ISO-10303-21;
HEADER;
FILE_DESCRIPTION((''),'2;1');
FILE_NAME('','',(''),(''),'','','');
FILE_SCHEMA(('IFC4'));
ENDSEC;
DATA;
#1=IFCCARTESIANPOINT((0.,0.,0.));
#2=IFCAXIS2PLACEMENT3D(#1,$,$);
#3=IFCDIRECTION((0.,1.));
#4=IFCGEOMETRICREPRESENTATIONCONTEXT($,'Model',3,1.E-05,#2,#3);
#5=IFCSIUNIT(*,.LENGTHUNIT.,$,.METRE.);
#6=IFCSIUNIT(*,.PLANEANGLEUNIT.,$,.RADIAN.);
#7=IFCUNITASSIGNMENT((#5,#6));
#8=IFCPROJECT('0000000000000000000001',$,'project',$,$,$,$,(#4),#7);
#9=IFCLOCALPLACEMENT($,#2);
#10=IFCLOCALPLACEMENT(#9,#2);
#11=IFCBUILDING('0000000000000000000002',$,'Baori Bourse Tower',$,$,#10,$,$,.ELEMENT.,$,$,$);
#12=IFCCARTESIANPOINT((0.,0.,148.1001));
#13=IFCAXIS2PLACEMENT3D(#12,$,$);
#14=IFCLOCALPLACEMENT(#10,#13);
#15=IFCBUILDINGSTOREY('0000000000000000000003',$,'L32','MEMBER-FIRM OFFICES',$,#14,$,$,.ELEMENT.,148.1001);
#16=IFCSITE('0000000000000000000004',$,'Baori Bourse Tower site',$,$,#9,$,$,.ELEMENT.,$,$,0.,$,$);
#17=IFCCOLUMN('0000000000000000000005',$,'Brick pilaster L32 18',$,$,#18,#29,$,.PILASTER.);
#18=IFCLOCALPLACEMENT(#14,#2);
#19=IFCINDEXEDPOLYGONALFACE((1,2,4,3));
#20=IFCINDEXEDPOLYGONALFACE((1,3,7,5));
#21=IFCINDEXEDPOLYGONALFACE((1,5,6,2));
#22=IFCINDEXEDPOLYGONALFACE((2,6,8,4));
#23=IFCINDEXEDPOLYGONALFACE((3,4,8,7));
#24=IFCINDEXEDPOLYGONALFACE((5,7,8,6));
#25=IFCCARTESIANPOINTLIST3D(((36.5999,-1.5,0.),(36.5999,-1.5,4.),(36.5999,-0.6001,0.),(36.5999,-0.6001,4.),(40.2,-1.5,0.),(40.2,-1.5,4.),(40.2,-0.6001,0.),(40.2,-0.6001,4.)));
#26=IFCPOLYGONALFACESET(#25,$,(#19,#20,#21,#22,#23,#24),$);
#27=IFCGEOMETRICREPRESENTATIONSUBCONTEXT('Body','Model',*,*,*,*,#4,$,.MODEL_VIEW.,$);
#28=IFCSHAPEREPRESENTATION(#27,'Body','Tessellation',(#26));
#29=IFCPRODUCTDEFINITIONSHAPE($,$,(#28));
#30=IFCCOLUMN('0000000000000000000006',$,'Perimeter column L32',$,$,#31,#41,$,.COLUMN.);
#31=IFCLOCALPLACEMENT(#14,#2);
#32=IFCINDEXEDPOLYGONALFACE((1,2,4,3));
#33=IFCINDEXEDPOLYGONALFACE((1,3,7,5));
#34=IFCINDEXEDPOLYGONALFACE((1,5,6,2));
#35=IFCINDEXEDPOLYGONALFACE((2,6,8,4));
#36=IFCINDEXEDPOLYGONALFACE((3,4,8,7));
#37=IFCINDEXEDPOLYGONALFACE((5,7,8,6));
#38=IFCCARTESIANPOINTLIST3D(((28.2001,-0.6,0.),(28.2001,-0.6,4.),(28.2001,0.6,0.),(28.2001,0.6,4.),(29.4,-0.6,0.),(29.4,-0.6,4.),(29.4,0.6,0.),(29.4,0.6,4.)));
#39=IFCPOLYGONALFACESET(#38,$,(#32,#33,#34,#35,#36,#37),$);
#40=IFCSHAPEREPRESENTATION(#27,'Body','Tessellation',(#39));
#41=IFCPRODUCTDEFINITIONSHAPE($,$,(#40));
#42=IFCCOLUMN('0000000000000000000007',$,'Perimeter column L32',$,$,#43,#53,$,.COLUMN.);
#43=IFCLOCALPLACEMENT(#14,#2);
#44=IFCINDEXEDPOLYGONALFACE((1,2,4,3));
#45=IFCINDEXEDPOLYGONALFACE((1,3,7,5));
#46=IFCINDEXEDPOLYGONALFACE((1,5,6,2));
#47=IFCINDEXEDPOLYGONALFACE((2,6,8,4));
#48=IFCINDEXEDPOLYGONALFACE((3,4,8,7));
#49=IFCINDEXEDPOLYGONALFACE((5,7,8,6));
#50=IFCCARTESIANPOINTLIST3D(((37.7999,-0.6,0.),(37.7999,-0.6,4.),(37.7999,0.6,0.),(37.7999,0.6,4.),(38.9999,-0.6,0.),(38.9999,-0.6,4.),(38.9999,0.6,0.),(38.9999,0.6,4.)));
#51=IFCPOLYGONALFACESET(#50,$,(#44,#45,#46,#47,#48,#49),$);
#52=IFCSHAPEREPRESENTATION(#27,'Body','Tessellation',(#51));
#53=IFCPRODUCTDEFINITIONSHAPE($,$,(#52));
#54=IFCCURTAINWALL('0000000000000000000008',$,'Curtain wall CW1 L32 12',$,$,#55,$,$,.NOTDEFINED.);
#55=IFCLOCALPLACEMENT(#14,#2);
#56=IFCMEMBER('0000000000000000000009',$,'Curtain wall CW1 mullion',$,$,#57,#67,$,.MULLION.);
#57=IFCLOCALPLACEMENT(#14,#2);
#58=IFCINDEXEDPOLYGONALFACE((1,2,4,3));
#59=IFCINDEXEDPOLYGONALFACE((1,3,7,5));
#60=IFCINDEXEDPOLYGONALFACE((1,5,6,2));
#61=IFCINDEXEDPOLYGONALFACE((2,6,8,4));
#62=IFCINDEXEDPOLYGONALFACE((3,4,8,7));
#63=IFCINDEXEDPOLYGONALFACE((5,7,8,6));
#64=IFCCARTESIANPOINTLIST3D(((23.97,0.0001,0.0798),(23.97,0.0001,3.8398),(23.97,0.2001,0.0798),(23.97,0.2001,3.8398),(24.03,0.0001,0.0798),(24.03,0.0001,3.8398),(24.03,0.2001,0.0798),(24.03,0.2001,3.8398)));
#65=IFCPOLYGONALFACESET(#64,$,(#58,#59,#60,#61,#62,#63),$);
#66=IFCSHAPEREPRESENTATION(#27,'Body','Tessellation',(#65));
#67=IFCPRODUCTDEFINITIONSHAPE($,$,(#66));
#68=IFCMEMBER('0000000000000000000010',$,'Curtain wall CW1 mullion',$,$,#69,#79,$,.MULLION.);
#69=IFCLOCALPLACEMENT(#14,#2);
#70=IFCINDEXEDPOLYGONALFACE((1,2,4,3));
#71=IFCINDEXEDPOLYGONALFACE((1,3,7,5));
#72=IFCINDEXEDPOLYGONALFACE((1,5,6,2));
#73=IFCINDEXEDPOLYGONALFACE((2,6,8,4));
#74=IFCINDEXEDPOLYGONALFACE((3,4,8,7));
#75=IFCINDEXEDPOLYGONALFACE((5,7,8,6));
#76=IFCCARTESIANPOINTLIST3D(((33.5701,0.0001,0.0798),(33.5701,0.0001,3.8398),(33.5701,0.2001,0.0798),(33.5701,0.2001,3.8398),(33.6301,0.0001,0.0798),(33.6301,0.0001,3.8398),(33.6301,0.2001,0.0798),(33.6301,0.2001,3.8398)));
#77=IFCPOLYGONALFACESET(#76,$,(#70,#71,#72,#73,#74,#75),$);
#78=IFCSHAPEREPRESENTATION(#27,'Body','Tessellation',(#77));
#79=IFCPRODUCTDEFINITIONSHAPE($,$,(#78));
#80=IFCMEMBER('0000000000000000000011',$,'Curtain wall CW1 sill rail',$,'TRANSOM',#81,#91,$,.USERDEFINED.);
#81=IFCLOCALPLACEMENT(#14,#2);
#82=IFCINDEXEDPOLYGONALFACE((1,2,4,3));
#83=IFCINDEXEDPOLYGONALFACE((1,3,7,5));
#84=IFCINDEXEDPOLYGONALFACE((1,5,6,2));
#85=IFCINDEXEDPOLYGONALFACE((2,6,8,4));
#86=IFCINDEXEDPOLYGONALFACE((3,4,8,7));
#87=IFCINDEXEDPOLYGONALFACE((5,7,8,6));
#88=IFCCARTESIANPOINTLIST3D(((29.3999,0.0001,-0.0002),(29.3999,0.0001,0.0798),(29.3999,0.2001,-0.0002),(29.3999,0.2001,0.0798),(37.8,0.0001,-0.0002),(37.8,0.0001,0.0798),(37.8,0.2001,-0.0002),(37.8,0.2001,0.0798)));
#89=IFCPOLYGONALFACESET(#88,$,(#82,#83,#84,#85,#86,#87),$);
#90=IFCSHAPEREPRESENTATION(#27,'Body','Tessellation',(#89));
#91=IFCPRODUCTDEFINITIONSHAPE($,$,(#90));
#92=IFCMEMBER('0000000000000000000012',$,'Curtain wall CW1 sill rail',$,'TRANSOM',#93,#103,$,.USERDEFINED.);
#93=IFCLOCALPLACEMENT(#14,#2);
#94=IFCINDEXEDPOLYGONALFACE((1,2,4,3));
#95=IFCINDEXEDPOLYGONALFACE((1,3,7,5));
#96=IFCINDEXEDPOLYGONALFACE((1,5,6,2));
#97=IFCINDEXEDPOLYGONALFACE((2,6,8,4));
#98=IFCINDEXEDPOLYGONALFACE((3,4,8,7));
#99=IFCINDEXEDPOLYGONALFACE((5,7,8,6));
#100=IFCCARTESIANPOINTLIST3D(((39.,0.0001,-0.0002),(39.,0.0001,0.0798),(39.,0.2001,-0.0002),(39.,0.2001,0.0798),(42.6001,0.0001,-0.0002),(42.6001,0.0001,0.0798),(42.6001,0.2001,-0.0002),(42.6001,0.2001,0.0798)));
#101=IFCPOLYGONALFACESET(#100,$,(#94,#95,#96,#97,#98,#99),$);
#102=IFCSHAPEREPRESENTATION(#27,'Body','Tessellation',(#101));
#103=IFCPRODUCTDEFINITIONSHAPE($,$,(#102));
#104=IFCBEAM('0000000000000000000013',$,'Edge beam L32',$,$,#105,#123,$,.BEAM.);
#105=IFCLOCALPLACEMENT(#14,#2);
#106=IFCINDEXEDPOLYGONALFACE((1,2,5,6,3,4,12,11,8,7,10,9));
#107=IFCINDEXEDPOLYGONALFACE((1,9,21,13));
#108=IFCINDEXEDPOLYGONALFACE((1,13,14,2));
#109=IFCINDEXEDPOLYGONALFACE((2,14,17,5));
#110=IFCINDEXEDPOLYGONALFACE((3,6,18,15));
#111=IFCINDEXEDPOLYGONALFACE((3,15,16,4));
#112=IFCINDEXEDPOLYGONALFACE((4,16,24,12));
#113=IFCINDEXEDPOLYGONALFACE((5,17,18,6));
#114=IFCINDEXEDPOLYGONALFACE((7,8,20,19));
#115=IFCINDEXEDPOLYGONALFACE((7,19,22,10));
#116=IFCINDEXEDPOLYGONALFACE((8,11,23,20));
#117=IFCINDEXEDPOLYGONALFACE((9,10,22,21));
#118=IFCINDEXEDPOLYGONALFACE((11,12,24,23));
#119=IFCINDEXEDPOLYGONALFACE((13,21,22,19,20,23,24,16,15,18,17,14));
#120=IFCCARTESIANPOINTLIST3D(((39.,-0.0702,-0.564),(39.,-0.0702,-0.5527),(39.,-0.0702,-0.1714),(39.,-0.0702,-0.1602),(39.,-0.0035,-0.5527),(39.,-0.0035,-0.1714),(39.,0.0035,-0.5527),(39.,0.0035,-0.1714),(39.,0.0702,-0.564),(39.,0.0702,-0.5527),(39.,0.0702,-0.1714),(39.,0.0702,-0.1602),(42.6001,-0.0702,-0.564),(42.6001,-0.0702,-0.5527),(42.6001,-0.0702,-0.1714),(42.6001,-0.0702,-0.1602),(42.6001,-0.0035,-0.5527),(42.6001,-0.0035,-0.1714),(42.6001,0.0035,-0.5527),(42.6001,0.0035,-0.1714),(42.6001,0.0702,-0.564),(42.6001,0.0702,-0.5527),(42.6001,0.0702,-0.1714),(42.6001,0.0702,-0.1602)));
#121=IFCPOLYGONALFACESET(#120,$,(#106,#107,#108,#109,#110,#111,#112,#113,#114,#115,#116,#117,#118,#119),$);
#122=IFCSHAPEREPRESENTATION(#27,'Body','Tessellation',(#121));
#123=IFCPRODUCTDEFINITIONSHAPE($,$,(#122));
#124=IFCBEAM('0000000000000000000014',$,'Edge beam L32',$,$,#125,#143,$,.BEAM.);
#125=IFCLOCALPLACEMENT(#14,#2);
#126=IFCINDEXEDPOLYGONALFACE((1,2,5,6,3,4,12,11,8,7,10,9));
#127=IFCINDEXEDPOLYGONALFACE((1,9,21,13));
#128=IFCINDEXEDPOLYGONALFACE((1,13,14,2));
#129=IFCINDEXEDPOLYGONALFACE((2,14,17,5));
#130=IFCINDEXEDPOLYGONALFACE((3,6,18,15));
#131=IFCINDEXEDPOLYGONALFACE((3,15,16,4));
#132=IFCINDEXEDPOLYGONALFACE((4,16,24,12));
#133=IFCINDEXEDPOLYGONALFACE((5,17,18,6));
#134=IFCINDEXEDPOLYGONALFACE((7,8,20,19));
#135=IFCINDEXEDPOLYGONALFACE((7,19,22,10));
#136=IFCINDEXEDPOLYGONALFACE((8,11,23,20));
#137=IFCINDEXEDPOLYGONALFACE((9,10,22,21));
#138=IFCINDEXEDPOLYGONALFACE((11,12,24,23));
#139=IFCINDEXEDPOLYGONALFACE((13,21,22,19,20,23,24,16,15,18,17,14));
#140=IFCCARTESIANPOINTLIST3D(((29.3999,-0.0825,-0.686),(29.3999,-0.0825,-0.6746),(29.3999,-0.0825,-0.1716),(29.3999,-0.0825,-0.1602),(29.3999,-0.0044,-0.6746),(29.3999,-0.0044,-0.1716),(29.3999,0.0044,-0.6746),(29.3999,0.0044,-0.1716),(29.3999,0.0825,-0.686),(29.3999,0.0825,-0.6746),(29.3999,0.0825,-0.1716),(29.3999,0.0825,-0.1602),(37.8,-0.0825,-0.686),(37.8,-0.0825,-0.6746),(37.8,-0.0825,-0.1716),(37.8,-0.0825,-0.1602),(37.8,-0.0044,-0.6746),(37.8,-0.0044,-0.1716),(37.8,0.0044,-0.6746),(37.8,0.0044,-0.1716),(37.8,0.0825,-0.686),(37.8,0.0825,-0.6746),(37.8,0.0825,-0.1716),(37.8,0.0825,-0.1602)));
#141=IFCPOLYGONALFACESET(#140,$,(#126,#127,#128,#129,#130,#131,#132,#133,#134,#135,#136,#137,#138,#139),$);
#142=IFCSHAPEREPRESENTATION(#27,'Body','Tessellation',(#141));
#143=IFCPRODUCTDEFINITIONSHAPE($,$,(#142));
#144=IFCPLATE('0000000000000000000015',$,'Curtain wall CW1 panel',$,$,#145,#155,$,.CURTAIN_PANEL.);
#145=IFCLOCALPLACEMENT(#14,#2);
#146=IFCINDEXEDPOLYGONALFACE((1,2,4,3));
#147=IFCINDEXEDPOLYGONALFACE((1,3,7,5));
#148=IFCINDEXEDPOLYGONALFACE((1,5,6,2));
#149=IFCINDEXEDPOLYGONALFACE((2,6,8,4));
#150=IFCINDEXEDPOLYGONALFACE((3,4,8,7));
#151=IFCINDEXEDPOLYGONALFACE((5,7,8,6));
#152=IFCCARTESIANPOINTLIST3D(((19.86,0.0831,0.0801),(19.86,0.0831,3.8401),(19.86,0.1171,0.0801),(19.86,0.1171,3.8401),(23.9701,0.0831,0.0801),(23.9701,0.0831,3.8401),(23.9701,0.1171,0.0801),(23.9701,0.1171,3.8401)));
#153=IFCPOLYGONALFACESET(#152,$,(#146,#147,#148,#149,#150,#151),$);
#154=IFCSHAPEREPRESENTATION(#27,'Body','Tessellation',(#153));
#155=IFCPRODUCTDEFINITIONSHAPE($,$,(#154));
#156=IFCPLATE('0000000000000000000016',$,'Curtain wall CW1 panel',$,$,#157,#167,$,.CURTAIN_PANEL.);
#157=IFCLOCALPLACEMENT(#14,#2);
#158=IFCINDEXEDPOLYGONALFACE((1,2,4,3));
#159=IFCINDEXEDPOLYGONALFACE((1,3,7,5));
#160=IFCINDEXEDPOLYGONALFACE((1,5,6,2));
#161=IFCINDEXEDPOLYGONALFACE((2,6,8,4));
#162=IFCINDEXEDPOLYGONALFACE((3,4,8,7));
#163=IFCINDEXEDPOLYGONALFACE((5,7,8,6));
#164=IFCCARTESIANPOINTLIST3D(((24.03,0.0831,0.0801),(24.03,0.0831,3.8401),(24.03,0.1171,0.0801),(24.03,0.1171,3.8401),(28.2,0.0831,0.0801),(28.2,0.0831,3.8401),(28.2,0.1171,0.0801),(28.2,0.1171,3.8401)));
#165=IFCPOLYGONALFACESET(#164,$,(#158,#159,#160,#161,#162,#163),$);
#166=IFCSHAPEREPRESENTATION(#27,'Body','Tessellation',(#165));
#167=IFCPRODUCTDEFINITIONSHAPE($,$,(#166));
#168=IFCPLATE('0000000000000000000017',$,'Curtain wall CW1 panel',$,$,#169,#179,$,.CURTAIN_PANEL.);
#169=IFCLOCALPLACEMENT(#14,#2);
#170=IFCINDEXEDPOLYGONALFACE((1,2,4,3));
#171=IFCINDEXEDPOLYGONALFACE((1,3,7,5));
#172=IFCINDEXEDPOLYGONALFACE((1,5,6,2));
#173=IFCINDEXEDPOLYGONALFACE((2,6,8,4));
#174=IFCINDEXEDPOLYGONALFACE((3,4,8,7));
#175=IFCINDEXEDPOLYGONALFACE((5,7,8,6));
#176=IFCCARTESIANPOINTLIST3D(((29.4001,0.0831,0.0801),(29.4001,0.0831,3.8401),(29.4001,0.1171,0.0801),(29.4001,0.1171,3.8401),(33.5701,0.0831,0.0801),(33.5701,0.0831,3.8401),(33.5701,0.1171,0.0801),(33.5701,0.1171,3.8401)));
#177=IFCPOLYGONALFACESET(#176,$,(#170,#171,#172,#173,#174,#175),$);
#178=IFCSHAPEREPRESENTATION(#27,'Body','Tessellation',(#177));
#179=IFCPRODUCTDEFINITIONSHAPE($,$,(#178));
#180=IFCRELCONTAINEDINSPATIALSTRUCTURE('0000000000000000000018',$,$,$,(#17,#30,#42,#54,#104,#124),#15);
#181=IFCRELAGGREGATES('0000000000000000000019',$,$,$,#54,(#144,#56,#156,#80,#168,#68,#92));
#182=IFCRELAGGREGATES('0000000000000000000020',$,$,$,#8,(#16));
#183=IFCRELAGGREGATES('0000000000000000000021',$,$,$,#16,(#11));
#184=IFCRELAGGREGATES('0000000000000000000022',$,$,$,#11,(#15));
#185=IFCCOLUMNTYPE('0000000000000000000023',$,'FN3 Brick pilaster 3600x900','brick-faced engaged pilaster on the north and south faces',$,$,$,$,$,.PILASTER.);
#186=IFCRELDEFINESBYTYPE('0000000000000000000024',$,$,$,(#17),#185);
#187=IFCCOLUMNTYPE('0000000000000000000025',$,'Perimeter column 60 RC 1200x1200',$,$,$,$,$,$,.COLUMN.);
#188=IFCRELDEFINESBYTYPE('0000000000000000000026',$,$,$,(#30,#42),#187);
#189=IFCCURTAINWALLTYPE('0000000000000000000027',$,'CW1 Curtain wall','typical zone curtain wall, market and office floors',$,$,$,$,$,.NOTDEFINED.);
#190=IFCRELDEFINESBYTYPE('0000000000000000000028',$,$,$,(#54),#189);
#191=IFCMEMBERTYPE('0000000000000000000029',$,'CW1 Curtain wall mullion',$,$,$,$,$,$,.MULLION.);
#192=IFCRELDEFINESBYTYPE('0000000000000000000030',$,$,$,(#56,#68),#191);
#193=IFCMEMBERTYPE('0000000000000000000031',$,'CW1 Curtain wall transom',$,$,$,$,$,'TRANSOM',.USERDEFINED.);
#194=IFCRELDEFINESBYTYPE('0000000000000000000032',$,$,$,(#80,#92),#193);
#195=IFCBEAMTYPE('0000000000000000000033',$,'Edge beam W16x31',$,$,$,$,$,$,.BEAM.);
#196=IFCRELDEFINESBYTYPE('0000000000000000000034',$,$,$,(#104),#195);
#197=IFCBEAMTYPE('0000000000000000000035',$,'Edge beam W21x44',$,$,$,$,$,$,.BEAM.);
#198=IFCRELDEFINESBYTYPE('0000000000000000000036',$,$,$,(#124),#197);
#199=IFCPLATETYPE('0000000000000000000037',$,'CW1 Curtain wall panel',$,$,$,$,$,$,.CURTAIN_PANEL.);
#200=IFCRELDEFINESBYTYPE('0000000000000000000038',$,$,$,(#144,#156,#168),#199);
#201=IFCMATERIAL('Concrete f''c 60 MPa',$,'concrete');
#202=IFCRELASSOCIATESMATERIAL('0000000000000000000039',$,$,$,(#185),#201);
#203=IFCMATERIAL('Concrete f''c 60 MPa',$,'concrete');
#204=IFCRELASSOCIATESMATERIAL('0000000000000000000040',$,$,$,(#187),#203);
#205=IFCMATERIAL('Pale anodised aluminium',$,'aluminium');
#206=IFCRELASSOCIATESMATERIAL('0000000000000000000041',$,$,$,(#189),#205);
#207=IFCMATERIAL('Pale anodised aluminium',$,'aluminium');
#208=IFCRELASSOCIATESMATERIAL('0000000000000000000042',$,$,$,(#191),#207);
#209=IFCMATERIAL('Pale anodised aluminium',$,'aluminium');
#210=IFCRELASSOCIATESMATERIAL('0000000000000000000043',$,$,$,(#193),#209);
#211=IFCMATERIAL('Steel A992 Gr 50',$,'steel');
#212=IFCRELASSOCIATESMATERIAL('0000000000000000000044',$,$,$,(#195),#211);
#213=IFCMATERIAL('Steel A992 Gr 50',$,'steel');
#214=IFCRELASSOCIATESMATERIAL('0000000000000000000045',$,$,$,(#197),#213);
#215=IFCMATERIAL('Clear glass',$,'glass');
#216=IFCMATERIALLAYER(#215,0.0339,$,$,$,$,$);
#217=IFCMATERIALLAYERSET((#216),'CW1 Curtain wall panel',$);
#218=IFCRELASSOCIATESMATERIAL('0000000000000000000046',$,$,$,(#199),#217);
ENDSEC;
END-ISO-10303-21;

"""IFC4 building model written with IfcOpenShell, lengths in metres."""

from ifc_helpers import new_model, si_unit, direction, frame, origin, origin_2d, place, context, subcontext, project, spatial, rectangle, i_section, extrude, material, layer, layer_set, material_profile, profile_set, type_object, element, aggregate, save


model = new_model("IFC4")

# Units and contexts
model_context = context("Model", 3, precision=1e-05, world=origin(), true_north=direction((0.0, 1.0)))
body_context = subcontext(model_context, "Body", "Model", "MODEL_VIEW")
ifc_project = project(units=[si_unit("LENGTHUNIT", "METRE"), si_unit("PLANEANGLEUNIT", "RADIAN")], contexts=[model_context])

# Site, building, storey
site_placement = place(None, origin())
site = spatial("IfcSite", under=ifc_project, at=site_placement, Name="Baori Bourse Tower site", CompositionType="ELEMENT", RefElevation=0.0)
building_placement = place(site_placement, origin())
building = spatial("IfcBuilding", under=site, at=building_placement, Name="Baori Bourse Tower", CompositionType="ELEMENT")
storey_placement = place(building_placement, frame((0.0, 0.0, 148.1001)))
storey = spatial("IfcBuildingStorey", under=building, at=storey_placement, Name="L32", Description="MEMBER-FIRM OFFICES", CompositionType="ELEMENT", Elevation=148.1001)

# Columns
ifc_material_1 = material(Name="Concrete f'c 60 MPa", Category="concrete")
ifc_material_profile_1 = material_profile(ifc_material_1, rectangle(XDim=3.6001, YDim=0.8999, at=origin_2d()), Name="RC 3600x900")
ifc_profile_set_1 = profile_set([ifc_material_profile_1], Name="Concrete f'c 60 MPa")
column_type_1 = type_object("IfcColumnType", Name="FN3 Brick pilaster 3600x900", Description="brick-faced engaged pilaster on the north and south faces", PredefinedType="PILASTER", material=ifc_profile_set_1)
column_placement = place(storey_placement, frame((38.3999, -1.05, 0.0), z_axis=(0.0, 0.0, 1.0), x_axis=(1.0, 0.0, 0.0)))
element("IfcColumn", 1, at=column_placement, inside=storey, type_object=column_type_1, Name="Brick pilaster L32 18", PredefinedType="PILASTER", context=body_context, shape_type="SweptSolid", body=[
    extrude(rectangle(XDim=3.6001, YDim=0.8999, at=origin_2d()), origin(), (0.0, 0.0, 1.0), 4.0),
])
ifc_material_2 = material(Name="Concrete f'c 60 MPa", Category="concrete")
ifc_material_profile_2 = material_profile(ifc_material_2, rectangle(XDim=1.2, YDim=1.2, at=origin_2d()), Name="RC 1200x1200")
ifc_profile_set_2 = profile_set([ifc_material_profile_2], Name="Concrete f'c 60 MPa")
column_type_2 = type_object("IfcColumnType", Name="Perimeter column 60 RC 1200x1200", PredefinedType="COLUMN", material=ifc_profile_set_2)
for number, where, z_axis, x_axis, name in (
    (2, (28.8, 0.0, 0.0), (0.0, 0.0, 1.0), (1.0, 0.0, 0.0), "Perimeter column L32"),
    (3, (38.3999, 0.0, 0.0), (0.0, 0.0, 1.0), (1.0, 0.0, 0.0), "Perimeter column L32"),
):
    element("IfcColumn", number, at=place(storey_placement, frame(where, z_axis=z_axis, x_axis=x_axis)), inside=storey, type_object=column_type_2, Name=name, PredefinedType="COLUMN", context=body_context, shape_type="SweptSolid", body=[
        extrude(rectangle(XDim=1.2, YDim=1.2, at=origin_2d()), origin(), (0.0, 0.0, 1.0), 4.0),
    ])

# Curtain wall, members
ifc_material_3 = material(Name="Pale anodised aluminium", Category="aluminium")
curtain_wall_type = type_object("IfcCurtainWallType", Name="CW1 Curtain wall", Description="typical zone curtain wall, market and office floors", PredefinedType="NOTDEFINED", material=ifc_material_3)
curtain_wall_placement = place(storey_placement, origin())
curtain_wall = element("IfcCurtainWall", 4, at=curtain_wall_placement, inside=storey, type_object=curtain_wall_type, Name="Curtain wall CW1 L32 12", PredefinedType="NOTDEFINED")
ifc_material_4 = material(Name="Pale anodised aluminium", Category="aluminium")
ifc_material_profile_3 = material_profile(ifc_material_4, rectangle(XDim=0.2, YDim=0.0601, at=origin_2d()), Name="Mullion 60x200")
ifc_profile_set_3 = profile_set([ifc_material_profile_3], Name="Pale anodised aluminium")
member_type_1 = type_object("IfcMemberType", Name="CW1 Curtain wall mullion", PredefinedType="MULLION", material=ifc_profile_set_3)
member_1_placement = place(storey_placement, frame((24.0, 0.1001, 0.0798), z_axis=(0.0, 0.0, 1.0), x_axis=(0.0, 1.0, 0.0)))
member_1 = element("IfcMember", 5, at=member_1_placement, type_object=member_type_1, Name="Curtain wall CW1 mullion", PredefinedType="MULLION", context=body_context, shape_type="SweptSolid", body=[
    extrude(rectangle(XDim=0.2, YDim=0.0601, at=origin_2d()), origin(), (0.0, 0.0, 1.0), 3.76),
])
member_2_placement = place(storey_placement, frame((33.6001, 0.1001, 0.0798), z_axis=(0.0, 0.0, 1.0), x_axis=(0.0, 1.0, 0.0)))
member_2 = element("IfcMember", 6, at=member_2_placement, type_object=member_type_1, Name="Curtain wall CW1 mullion", PredefinedType="MULLION", context=body_context, shape_type="SweptSolid", body=[
    extrude(rectangle(XDim=0.2, YDim=0.0601, at=origin_2d()), origin(), (0.0, 0.0, 1.0), 3.76),
])
ifc_material_5 = material(Name="Pale anodised aluminium", Category="aluminium")
ifc_material_profile_4 = material_profile(ifc_material_5, rectangle(XDim=0.2, YDim=0.0801, at=origin_2d()), Name="Transom 80x200")
ifc_profile_set_4 = profile_set([ifc_material_profile_4], Name="Pale anodised aluminium")
member_type_2 = type_object("IfcMemberType", Name="CW1 Curtain wall transom", ElementType="TRANSOM", PredefinedType="USERDEFINED", material=ifc_profile_set_4)
member_3_placement = place(storey_placement, frame((29.3999, 0.1001, 0.0398), z_axis=(1.0, 0.0, 0.0), x_axis=(0.0, 1.0, 0.0)))
member_3 = element("IfcMember", 7, at=member_3_placement, type_object=member_type_2, Name="Curtain wall CW1 sill rail", ObjectType="TRANSOM", PredefinedType="USERDEFINED", context=body_context, shape_type="SweptSolid", body=[
    extrude(rectangle(XDim=0.2, YDim=0.0801, at=origin_2d()), origin(), (0.0, 0.0, 1.0), 8.4001),
])
member_4_placement = place(storey_placement, frame((39.0, 0.1001, 0.0398), z_axis=(1.0, 0.0, 0.0), x_axis=(0.0, 1.0, 0.0)))
member_4 = element("IfcMember", 8, at=member_4_placement, type_object=member_type_2, Name="Curtain wall CW1 sill rail", ObjectType="TRANSOM", PredefinedType="USERDEFINED", context=body_context, shape_type="SweptSolid", body=[
    extrude(rectangle(XDim=0.2, YDim=0.0801, at=origin_2d()), origin(), (0.0, 0.0, 1.0), 3.6001),
])

# Beams
ifc_material_6 = material(Name="Steel A992 Gr 50", Category="steel")
ifc_material_profile_5 = material_profile(ifc_material_6, i_section(OverallWidth=0.1404, OverallDepth=0.4038, WebThickness=0.0071, FlangeThickness=0.0112, at=origin_2d()), Name="W16x31")
ifc_profile_set_5 = profile_set([ifc_material_profile_5], Name="Steel A992 Gr 50")
beam_type_1 = type_object("IfcBeamType", Name="Edge beam W16x31", PredefinedType="BEAM", material=ifc_profile_set_5)
beam_1_placement = place(storey_placement, frame((39.0, 0.0, -0.3621), z_axis=(1.0, 0.0, 0.0), x_axis=(0.0, 1.0, 0.0)))
element("IfcBeam", 9, at=beam_1_placement, inside=storey, type_object=beam_type_1, Name="Edge beam L32", PredefinedType="BEAM", context=body_context, shape_type="SweptSolid", body=[
    extrude(i_section(OverallWidth=0.1404, OverallDepth=0.4038, WebThickness=0.0071, FlangeThickness=0.0112, at=origin_2d()), origin(), (0.0, 0.0, 1.0), 3.6001),
])
ifc_material_7 = material(Name="Steel A992 Gr 50", Category="steel")
ifc_material_profile_6 = material_profile(ifc_material_7, i_section(OverallWidth=0.165, OverallDepth=0.5259, WebThickness=0.0088, FlangeThickness=0.0115, at=origin_2d()), Name="W21x44")
ifc_profile_set_6 = profile_set([ifc_material_profile_6], Name="Steel A992 Gr 50")
beam_type_2 = type_object("IfcBeamType", Name="Edge beam W21x44", PredefinedType="BEAM", material=ifc_profile_set_6)
beam_2_placement = place(storey_placement, frame((29.3999, 0.0, -0.4231), z_axis=(1.0, 0.0, 0.0), x_axis=(0.0, 1.0, 0.0)))
element("IfcBeam", 10, at=beam_2_placement, inside=storey, type_object=beam_type_2, Name="Edge beam L32", PredefinedType="BEAM", context=body_context, shape_type="SweptSolid", body=[
    extrude(i_section(OverallWidth=0.165, OverallDepth=0.5259, WebThickness=0.0088, FlangeThickness=0.0115, at=origin_2d()), origin(), (0.0, 0.0, 1.0), 8.4001),
])

# Plates
ifc_material_8 = material(Name="Clear glass", Category="glass")
ifc_layer = layer(ifc_material_8, 0.0339)
ifc_layer_set = layer_set([ifc_layer], Name="CW1 Curtain wall panel")
plate_type = type_object("IfcPlateType", Name="CW1 Curtain wall panel", PredefinedType="CURTAIN_PANEL", material=ifc_layer_set)
plate_1_placement = place(storey_placement, frame((21.915, 0.1001, 0.0801), z_axis=(0.0, 0.0, 1.0), x_axis=(1.0, 0.0, 0.0)))
plate_1 = element("IfcPlate", 11, at=plate_1_placement, type_object=plate_type, Name="Curtain wall CW1 panel", PredefinedType="CURTAIN_PANEL", context=body_context, shape_type="SweptSolid", body=[
    extrude(rectangle(XDim=4.1101, YDim=0.0339, at=origin_2d()), origin(), (0.0, 0.0, 1.0), 3.76),
])
plate_2_placement = place(storey_placement, frame((26.115, 0.1001, 0.0801), z_axis=(0.0, 0.0, 1.0), x_axis=(1.0, 0.0, 0.0)))
plate_2 = element("IfcPlate", 12, at=plate_2_placement, type_object=plate_type, Name="Curtain wall CW1 panel", PredefinedType="CURTAIN_PANEL", context=body_context, shape_type="SweptSolid", body=[
    extrude(rectangle(XDim=4.1699, YDim=0.0339, at=origin_2d()), origin(), (0.0, 0.0, 1.0), 3.76),
])
plate_3_placement = place(storey_placement, frame((31.4851, 0.1001, 0.0801), z_axis=(0.0, 0.0, 1.0), x_axis=(1.0, 0.0, 0.0)))
plate_3 = element("IfcPlate", 13, at=plate_3_placement, type_object=plate_type, Name="Curtain wall CW1 panel", PredefinedType="CURTAIN_PANEL", context=body_context, shape_type="SweptSolid", body=[
    extrude(rectangle(XDim=4.1699, YDim=0.0339, at=origin_2d()), origin(), (0.0, 0.0, 1.0), 3.76),
])
aggregate(curtain_wall, [plate_1, member_1, plate_2, member_3, plate_3, member_2, member_4])

save(model, "model.ifc")
